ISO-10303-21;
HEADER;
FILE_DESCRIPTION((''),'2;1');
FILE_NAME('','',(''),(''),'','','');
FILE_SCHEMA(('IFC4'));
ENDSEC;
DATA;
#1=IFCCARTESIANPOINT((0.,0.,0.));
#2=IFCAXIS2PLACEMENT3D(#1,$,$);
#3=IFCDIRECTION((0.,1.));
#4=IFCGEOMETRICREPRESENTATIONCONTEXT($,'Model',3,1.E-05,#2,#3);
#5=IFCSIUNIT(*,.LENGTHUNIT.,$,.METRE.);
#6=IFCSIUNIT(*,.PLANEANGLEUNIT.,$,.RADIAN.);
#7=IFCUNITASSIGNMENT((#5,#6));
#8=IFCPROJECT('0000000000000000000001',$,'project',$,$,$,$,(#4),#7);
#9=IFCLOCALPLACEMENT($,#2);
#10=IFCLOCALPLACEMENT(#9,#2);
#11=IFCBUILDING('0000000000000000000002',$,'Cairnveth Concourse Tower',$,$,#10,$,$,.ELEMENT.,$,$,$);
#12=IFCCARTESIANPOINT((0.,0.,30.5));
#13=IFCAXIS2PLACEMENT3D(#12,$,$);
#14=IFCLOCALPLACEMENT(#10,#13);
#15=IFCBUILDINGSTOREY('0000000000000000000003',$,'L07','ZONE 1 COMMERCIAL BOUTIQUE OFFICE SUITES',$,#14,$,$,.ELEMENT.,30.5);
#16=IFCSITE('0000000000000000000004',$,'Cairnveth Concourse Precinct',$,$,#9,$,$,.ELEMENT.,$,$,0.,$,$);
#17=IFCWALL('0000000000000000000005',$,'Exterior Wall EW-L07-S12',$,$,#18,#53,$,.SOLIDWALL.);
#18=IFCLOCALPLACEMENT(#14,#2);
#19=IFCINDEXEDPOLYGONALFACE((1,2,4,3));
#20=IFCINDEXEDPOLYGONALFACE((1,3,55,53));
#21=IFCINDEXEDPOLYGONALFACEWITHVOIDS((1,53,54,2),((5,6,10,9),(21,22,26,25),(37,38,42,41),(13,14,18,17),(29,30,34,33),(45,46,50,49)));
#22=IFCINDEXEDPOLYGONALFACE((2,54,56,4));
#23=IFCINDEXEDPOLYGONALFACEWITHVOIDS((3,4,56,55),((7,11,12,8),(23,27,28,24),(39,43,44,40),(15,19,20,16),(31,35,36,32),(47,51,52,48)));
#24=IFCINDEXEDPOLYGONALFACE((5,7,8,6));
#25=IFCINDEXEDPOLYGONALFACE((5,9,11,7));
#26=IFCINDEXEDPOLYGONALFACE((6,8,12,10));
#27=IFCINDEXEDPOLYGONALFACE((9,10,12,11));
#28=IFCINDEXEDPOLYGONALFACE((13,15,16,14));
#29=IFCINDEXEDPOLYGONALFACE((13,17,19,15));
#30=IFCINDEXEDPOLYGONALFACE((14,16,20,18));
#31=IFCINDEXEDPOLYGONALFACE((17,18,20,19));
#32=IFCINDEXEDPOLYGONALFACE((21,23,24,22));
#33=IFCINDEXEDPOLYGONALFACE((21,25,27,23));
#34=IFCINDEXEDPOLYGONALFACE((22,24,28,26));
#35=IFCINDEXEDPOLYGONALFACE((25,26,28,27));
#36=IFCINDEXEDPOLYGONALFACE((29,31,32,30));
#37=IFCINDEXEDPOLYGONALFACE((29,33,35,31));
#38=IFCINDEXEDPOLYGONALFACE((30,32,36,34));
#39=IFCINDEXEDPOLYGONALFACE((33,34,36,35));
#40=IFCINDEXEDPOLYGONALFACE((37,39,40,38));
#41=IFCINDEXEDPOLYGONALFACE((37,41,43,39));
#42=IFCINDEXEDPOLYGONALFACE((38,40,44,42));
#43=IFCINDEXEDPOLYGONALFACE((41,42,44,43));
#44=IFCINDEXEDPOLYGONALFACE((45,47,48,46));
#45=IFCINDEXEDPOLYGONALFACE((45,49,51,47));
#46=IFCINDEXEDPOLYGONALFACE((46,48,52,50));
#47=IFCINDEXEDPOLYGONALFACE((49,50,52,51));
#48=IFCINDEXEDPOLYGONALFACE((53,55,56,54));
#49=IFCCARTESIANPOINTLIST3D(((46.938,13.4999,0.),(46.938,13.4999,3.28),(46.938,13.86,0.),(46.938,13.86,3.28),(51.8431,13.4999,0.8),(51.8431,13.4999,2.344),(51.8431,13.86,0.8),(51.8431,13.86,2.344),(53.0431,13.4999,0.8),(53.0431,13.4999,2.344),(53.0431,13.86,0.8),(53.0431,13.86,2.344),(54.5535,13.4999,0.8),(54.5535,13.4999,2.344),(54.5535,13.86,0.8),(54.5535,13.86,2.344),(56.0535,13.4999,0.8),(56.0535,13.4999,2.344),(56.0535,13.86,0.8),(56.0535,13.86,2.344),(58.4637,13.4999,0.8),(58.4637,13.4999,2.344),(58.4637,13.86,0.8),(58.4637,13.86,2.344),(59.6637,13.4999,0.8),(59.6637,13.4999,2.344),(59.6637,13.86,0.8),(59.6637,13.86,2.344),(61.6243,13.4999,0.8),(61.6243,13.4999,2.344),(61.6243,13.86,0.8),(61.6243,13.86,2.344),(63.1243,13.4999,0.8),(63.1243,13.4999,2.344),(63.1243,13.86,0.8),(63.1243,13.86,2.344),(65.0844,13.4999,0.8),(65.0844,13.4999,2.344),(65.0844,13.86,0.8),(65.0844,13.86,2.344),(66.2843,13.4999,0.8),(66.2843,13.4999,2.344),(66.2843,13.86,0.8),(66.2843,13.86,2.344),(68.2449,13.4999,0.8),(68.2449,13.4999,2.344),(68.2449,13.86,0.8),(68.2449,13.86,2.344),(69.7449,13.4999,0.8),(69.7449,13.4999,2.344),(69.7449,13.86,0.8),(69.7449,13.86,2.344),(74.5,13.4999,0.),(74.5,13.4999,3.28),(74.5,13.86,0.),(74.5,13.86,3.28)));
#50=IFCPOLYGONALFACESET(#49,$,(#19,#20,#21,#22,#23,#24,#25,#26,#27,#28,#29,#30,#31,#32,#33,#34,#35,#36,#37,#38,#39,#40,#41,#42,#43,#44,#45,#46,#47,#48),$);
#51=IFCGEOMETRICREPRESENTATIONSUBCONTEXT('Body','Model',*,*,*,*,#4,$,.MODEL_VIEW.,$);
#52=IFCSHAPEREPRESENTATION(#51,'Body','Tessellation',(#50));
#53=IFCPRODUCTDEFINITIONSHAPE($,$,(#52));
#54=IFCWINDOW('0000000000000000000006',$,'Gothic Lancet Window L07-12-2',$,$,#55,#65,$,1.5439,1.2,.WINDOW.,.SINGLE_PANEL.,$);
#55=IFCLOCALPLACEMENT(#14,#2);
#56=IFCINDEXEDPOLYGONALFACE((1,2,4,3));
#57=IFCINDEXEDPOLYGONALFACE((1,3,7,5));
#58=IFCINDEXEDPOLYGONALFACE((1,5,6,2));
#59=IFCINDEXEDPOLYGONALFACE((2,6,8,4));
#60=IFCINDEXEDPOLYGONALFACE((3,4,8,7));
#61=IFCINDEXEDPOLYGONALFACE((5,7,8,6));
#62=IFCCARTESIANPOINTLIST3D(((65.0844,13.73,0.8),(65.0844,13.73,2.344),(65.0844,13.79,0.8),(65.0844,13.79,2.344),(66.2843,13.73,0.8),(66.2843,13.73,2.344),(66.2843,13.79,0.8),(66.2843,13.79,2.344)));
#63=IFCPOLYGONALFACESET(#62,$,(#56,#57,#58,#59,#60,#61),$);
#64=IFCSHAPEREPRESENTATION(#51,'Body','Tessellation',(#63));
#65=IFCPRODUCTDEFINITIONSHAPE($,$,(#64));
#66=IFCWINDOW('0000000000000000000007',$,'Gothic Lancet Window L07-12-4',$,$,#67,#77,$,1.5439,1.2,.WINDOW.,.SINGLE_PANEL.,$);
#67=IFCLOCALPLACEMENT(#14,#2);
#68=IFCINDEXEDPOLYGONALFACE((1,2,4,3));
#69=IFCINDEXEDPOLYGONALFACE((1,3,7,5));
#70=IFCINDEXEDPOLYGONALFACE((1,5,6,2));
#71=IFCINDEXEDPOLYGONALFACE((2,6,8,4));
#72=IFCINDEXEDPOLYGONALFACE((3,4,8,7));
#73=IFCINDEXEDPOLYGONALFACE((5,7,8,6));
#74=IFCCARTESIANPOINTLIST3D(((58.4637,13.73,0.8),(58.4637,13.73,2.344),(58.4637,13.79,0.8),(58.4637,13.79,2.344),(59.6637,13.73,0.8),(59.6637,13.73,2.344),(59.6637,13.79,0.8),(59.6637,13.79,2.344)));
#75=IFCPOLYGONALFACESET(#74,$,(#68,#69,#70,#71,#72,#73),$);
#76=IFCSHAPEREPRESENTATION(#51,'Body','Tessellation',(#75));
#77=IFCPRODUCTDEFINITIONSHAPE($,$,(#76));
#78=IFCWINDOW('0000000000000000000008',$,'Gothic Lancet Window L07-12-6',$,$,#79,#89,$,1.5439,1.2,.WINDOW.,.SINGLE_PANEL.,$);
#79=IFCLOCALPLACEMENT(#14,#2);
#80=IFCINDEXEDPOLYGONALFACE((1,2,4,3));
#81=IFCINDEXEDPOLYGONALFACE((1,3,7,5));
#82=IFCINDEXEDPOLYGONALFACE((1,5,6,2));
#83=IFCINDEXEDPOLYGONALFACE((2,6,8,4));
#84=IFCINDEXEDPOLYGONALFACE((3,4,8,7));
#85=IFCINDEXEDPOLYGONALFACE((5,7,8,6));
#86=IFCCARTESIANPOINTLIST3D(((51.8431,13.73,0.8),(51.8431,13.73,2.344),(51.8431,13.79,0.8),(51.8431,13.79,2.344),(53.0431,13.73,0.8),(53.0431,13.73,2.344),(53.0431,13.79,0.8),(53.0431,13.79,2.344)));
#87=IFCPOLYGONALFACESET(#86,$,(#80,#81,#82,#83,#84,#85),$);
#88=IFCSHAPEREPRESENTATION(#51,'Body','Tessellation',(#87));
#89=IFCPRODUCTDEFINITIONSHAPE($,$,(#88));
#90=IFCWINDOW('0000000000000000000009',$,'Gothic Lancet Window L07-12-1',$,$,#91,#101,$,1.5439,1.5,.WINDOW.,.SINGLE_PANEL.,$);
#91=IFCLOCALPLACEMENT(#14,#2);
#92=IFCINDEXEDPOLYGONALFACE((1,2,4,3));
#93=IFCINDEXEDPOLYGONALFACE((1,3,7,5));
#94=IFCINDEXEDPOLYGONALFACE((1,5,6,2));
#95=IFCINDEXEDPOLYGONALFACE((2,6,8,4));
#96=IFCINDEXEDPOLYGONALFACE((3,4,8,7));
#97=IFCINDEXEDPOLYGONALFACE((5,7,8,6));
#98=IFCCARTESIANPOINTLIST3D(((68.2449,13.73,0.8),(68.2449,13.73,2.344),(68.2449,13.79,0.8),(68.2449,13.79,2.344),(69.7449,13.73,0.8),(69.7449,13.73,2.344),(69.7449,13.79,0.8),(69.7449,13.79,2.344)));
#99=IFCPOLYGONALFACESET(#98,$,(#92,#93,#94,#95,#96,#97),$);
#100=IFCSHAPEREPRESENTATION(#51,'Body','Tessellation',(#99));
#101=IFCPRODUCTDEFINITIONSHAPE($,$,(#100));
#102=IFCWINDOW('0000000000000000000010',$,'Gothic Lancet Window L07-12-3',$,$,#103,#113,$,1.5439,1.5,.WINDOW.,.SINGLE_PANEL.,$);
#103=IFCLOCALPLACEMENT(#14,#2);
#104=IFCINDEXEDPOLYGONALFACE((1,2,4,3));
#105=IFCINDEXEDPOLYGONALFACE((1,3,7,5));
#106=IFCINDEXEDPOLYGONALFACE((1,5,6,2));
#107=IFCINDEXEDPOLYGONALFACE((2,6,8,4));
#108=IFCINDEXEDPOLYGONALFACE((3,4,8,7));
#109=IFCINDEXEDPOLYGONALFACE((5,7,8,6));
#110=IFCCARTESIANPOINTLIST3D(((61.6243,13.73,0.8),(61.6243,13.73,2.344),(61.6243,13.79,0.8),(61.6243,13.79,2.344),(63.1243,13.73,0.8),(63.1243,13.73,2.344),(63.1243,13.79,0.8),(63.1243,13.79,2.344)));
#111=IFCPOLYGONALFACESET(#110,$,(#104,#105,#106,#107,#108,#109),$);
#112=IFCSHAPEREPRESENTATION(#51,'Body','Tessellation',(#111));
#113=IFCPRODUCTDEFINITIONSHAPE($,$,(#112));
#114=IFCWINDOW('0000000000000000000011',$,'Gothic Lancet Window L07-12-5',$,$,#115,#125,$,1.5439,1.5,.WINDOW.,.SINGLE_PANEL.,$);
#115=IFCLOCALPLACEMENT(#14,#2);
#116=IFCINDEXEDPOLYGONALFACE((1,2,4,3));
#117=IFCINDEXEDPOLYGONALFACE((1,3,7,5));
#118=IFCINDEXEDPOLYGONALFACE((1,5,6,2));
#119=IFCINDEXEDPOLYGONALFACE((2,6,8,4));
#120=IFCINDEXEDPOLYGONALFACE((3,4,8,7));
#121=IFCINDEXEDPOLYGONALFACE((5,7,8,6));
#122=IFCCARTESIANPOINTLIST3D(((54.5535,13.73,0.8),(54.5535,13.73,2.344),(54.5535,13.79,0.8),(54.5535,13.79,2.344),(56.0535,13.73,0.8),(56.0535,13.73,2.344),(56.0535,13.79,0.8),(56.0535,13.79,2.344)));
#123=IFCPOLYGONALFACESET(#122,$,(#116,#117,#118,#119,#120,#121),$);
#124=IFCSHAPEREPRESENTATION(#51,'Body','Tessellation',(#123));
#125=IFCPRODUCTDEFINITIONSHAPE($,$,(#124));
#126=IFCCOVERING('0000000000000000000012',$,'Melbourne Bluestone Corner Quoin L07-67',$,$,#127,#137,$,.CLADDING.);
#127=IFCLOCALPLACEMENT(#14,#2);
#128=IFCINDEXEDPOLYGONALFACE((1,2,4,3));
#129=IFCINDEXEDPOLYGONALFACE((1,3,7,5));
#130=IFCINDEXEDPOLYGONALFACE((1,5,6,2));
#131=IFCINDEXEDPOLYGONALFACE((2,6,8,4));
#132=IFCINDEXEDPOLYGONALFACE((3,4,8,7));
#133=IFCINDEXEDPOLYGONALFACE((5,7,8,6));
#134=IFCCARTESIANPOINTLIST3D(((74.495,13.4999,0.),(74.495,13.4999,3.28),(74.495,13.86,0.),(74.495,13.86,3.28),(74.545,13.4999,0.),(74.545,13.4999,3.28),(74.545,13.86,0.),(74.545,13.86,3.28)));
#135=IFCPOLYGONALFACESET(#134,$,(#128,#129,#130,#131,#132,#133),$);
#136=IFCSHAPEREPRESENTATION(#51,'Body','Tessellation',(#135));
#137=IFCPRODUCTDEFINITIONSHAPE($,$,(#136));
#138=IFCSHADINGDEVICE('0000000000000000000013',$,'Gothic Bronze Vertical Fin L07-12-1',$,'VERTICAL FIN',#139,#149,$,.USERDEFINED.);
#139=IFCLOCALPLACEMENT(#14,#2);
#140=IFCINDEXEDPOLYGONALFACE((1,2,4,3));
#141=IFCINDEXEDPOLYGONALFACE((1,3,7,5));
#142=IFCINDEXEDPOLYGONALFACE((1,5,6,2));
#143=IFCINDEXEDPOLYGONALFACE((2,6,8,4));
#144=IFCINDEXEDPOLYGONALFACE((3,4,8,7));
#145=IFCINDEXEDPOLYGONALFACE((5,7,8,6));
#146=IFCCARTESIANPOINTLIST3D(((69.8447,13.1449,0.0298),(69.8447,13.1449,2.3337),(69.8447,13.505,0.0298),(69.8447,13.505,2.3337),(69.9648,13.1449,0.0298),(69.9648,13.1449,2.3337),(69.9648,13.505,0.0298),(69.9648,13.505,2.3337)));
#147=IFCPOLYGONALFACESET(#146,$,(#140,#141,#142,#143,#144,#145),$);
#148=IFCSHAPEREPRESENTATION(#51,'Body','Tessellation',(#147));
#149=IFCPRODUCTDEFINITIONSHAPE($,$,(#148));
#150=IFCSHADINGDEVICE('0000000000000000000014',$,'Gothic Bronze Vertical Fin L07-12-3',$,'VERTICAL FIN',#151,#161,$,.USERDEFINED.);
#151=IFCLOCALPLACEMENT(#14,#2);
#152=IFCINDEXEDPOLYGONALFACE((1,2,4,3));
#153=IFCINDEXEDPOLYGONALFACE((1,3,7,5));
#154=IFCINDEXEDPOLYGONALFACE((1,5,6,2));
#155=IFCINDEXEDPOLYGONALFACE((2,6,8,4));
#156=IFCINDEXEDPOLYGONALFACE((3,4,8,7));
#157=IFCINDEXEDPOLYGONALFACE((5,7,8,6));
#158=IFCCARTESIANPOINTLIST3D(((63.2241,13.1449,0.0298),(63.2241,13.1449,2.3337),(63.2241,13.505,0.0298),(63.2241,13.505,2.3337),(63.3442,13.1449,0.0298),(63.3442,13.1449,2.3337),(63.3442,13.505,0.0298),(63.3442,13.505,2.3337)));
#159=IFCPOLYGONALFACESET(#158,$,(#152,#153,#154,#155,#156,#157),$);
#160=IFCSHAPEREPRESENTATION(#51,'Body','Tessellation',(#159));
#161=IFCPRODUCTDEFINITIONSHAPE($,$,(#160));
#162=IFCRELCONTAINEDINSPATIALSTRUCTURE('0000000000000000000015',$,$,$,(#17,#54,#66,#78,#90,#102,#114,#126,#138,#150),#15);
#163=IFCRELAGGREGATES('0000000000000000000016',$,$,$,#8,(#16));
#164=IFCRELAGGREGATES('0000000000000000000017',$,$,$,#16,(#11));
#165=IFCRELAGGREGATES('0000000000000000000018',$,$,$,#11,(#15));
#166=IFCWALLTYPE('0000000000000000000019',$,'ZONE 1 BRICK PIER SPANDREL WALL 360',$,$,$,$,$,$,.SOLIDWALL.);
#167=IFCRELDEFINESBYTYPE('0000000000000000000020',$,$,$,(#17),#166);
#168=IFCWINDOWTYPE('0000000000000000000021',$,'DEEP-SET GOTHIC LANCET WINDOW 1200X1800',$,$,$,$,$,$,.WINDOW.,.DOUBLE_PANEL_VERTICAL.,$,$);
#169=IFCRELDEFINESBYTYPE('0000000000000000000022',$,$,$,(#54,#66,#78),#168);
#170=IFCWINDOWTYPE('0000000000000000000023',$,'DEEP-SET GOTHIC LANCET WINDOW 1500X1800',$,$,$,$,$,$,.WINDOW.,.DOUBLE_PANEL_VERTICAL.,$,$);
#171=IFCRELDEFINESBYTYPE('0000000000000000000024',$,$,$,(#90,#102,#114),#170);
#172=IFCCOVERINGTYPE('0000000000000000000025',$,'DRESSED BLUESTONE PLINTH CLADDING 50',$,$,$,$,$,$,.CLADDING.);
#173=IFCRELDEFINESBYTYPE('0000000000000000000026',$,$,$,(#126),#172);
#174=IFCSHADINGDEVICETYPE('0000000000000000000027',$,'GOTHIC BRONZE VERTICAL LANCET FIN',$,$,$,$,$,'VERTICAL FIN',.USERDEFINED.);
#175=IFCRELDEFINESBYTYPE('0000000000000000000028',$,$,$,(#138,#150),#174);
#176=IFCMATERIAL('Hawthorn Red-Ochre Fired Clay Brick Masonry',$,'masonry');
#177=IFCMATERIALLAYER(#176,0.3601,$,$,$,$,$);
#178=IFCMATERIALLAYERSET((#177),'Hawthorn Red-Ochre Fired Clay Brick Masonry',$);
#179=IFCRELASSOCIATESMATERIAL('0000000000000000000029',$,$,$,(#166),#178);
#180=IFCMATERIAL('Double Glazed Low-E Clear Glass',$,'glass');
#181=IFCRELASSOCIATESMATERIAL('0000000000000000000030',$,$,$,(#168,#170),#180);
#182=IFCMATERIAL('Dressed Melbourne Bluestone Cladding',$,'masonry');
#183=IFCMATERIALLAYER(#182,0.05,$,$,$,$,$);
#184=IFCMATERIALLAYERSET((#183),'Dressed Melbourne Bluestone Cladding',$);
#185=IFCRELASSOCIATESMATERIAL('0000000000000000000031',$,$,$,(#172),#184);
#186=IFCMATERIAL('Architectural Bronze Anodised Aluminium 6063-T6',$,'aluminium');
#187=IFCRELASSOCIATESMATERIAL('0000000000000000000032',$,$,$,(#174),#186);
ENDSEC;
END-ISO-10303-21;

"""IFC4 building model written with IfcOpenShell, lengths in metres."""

from ifc_helpers import new_model, si_unit, direction, frame, frame_2d, origin, origin_2d, place, context, subcontext, project, spatial, rectangle, extrude, material, layer, layer_set, type_object, element, fill, save


model = new_model("IFC4")

# Units and contexts
model_context = context("Model", 3, precision=1e-05, world=origin(), true_north=direction((0.0, 1.0)))
body_context = subcontext(model_context, "Body", "Model", "MODEL_VIEW")
ifc_project = project(units=[si_unit("LENGTHUNIT", "METRE"), si_unit("PLANEANGLEUNIT", "RADIAN")], contexts=[model_context])

# Site, building, storey
site_placement = place(None, origin())
site = spatial("IfcSite", under=ifc_project, at=site_placement, Name="Cairnveth Concourse Precinct", CompositionType="ELEMENT", RefElevation=0.0)
building_placement = place(site_placement, origin())
building = spatial("IfcBuilding", under=site, at=building_placement, Name="Cairnveth Concourse Tower", CompositionType="ELEMENT")
storey_placement = place(building_placement, frame((0.0, 0.0, 30.5)))
storey = spatial("IfcBuildingStorey", under=building, at=storey_placement, Name="L07", Description="ZONE 1 COMMERCIAL BOUTIQUE OFFICE SUITES", CompositionType="ELEMENT", Elevation=30.5)

# Shared definitions
ifc_material_1 = material(Name="Hawthorn Red-Ochre Fired Clay Brick Masonry", Category="masonry")
ifc_layer_1 = layer(ifc_material_1, 0.3601)
ifc_layer_set_1 = layer_set([ifc_layer_1], Name="Hawthorn Red-Ochre Fired Clay Brick Masonry")
wall_type = type_object("IfcWallType", Name="ZONE 1 BRICK PIER SPANDREL WALL 360", PredefinedType="SOLIDWALL", material=ifc_layer_set_1)

# Wall, openings, windows
wall_1_placement = place(storey_placement, frame((74.5, 13.6799, 0.0), z_axis=(0.0, 0.0, 1.0), x_axis=(-1.0, 0.0, 0.0)))
wall_1 = element("IfcWall", 1, at=wall_1_placement, inside=storey, type_object=wall_type, Name="Exterior Wall EW-L07-S12", PredefinedType="SOLIDWALL", context=body_context, shape_type="SweptSolid", body=[
    extrude(rectangle(XDim=27.562, YDim=0.3601, at=frame_2d((13.781, 0.0))), origin(), (0.0, 0.0, 1.0), 3.28),
])
opening_1_placement = place(wall_1_placement, frame((4.7551, 0.0, 0.8)))
opening_1 = element("IfcOpeningElement", 2, at=opening_1_placement, cuts=wall_1, PredefinedType="OPENING", context=body_context, shape_type="SweptSolid", body=[
    extrude(rectangle(XDim=1.5, YDim=1.5439, at=frame_2d((0.75, 0.772))), frame((0.0, 0.1899, 0.0), z_axis=(0.0, -1.0, 0.0), x_axis=(1.0, 0.0, 0.0)), (0.0, 0.0, 1.0), 0.3801),
])
opening_2_placement = place(wall_1_placement, frame((8.2156, 0.0, 0.8)))
opening_2 = element("IfcOpeningElement", 3, at=opening_2_placement, cuts=wall_1, PredefinedType="OPENING", context=body_context, shape_type="SweptSolid", body=[
    extrude(rectangle(XDim=1.2, YDim=1.5439, at=frame_2d((0.6001, 0.772))), frame((0.0, 0.1899, 0.0), z_axis=(0.0, -1.0, 0.0), x_axis=(1.0, 0.0, 0.0)), (0.0, 0.0, 1.0), 0.3801),
])
opening_3_placement = place(wall_1_placement, frame((11.3757, 0.0, 0.8)))
opening_3 = element("IfcOpeningElement", 4, at=opening_3_placement, cuts=wall_1, PredefinedType="OPENING", context=body_context, shape_type="SweptSolid", body=[
    extrude(rectangle(XDim=1.5, YDim=1.5439, at=frame_2d((0.75, 0.772))), frame((0.0, 0.1899, 0.0), z_axis=(0.0, -1.0, 0.0), x_axis=(1.0, 0.0, 0.0)), (0.0, 0.0, 1.0), 0.3801),
])
opening_4_placement = place(wall_1_placement, frame((14.8362, 0.0, 0.8)))
opening_4 = element("IfcOpeningElement", 5, at=opening_4_placement, cuts=wall_1, PredefinedType="OPENING", context=body_context, shape_type="SweptSolid", body=[
    extrude(rectangle(XDim=1.2, YDim=1.5439, at=frame_2d((0.6001, 0.772))), frame((0.0, 0.1899, 0.0), z_axis=(0.0, -1.0, 0.0), x_axis=(1.0, 0.0, 0.0)), (0.0, 0.0, 1.0), 0.3801),
])
opening_5_placement = place(wall_1_placement, frame((18.4465, 0.0, 0.8)))
opening_5 = element("IfcOpeningElement", 6, at=opening_5_placement, cuts=wall_1, PredefinedType="OPENING", context=body_context, shape_type="SweptSolid", body=[
    extrude(rectangle(XDim=1.5, YDim=1.5439, at=frame_2d((0.75, 0.772))), frame((0.0, 0.1899, 0.0), z_axis=(0.0, -1.0, 0.0), x_axis=(1.0, 0.0, 0.0)), (0.0, 0.0, 1.0), 0.3801),
])
opening_6_placement = place(wall_1_placement, frame((21.4568, 0.0, 0.8)))
opening_6 = element("IfcOpeningElement", 7, at=opening_6_placement, cuts=wall_1, PredefinedType="OPENING", context=body_context, shape_type="SweptSolid", body=[
    extrude(rectangle(XDim=1.2, YDim=1.5439, at=frame_2d((0.6001, 0.772))), frame((0.0, 0.1899, 0.0), z_axis=(0.0, -1.0, 0.0), x_axis=(1.0, 0.0, 0.0)), (0.0, 0.0, 1.0), 0.3801),
])
ifc_material_2 = material(Name="Double Glazed Low-E Clear Glass", Category="glass")
window_type_1 = type_object("IfcWindowType", Name="DEEP-SET GOTHIC LANCET WINDOW 1200X1800", PartitioningType="DOUBLE_PANEL_VERTICAL", PredefinedType="WINDOW", material=ifc_material_2)
window_1_placement = place(opening_2_placement, origin())
window_1 = element("IfcWindow", 8, at=window_1_placement, inside=storey, type_object=window_type_1, Name="Gothic Lancet Window L07-12-2", OverallHeight=1.5439, OverallWidth=1.2, PartitioningType="SINGLE_PANEL", PredefinedType="WINDOW", context=body_context, shape_type="SweptSolid", body=[
    extrude(rectangle(XDim=1.2, YDim=1.5439, at=frame_2d((0.6001, 0.772))), frame((0.0, -0.05, 0.0), z_axis=(0.0, -1.0, 0.0), x_axis=(1.0, 0.0, 0.0)), (0.0, 0.0, 1.0), 0.0601),
])
fill(opening_2, window_1)
window_2_placement = place(opening_4_placement, origin())
window_2 = element("IfcWindow", 9, at=window_2_placement, inside=storey, type_object=window_type_1, Name="Gothic Lancet Window L07-12-4", OverallHeight=1.5439, OverallWidth=1.2, PartitioningType="SINGLE_PANEL", PredefinedType="WINDOW", context=body_context, shape_type="SweptSolid", body=[
    extrude(rectangle(XDim=1.2, YDim=1.5439, at=frame_2d((0.6001, 0.772))), frame((0.0, -0.05, 0.0), z_axis=(0.0, -1.0, 0.0), x_axis=(1.0, 0.0, 0.0)), (0.0, 0.0, 1.0), 0.0601),
])
fill(opening_4, window_2)
window_3_placement = place(opening_6_placement, origin())
window_3 = element("IfcWindow", 10, at=window_3_placement, inside=storey, type_object=window_type_1, Name="Gothic Lancet Window L07-12-6", OverallHeight=1.5439, OverallWidth=1.2, PartitioningType="SINGLE_PANEL", PredefinedType="WINDOW", context=body_context, shape_type="SweptSolid", body=[
    extrude(rectangle(XDim=1.2, YDim=1.5439, at=frame_2d((0.6001, 0.772))), frame((0.0, -0.05, 0.0), z_axis=(0.0, -1.0, 0.0), x_axis=(1.0, 0.0, 0.0)), (0.0, 0.0, 1.0), 0.0601),
])
fill(opening_6, window_3)
window_type_2 = type_object("IfcWindowType", Name="DEEP-SET GOTHIC LANCET WINDOW 1500X1800", PartitioningType="DOUBLE_PANEL_VERTICAL", PredefinedType="WINDOW", material=ifc_material_2)
window_4_placement = place(opening_1_placement, origin())
window_4 = element("IfcWindow", 11, at=window_4_placement, inside=storey, type_object=window_type_2, Name="Gothic Lancet Window L07-12-1", OverallHeight=1.5439, OverallWidth=1.5, PartitioningType="SINGLE_PANEL", PredefinedType="WINDOW", context=body_context, shape_type="SweptSolid", body=[
    extrude(rectangle(XDim=1.5, YDim=1.5439, at=frame_2d((0.75, 0.772))), frame((0.0, -0.05, 0.0), z_axis=(0.0, -1.0, 0.0), x_axis=(1.0, 0.0, 0.0)), (0.0, 0.0, 1.0), 0.0601),
])
fill(opening_1, window_4)
window_5_placement = place(opening_3_placement, origin())
window_5 = element("IfcWindow", 12, at=window_5_placement, inside=storey, type_object=window_type_2, Name="Gothic Lancet Window L07-12-3", OverallHeight=1.5439, OverallWidth=1.5, PartitioningType="SINGLE_PANEL", PredefinedType="WINDOW", context=body_context, shape_type="SweptSolid", body=[
    extrude(rectangle(XDim=1.5, YDim=1.5439, at=frame_2d((0.75, 0.772))), frame((0.0, -0.05, 0.0), z_axis=(0.0, -1.0, 0.0), x_axis=(1.0, 0.0, 0.0)), (0.0, 0.0, 1.0), 0.0601),
])
fill(opening_3, window_5)
window_6_placement = place(opening_5_placement, origin())
window_6 = element("IfcWindow", 13, at=window_6_placement, inside=storey, type_object=window_type_2, Name="Gothic Lancet Window L07-12-5", OverallHeight=1.5439, OverallWidth=1.5, PartitioningType="SINGLE_PANEL", PredefinedType="WINDOW", context=body_context, shape_type="SweptSolid", body=[
    extrude(rectangle(XDim=1.5, YDim=1.5439, at=frame_2d((0.75, 0.772))), frame((0.0, -0.05, 0.0), z_axis=(0.0, -1.0, 0.0), x_axis=(1.0, 0.0, 0.0)), (0.0, 0.0, 1.0), 0.0601),
])
fill(opening_5, window_6)

# Covering
ifc_material_3 = material(Name="Dressed Melbourne Bluestone Cladding", Category="masonry")
ifc_layer_2 = layer(ifc_material_3, 0.05)
ifc_layer_set_2 = layer_set([ifc_layer_2], Name="Dressed Melbourne Bluestone Cladding")
covering_type = type_object("IfcCoveringType", Name="DRESSED BLUESTONE PLINTH CLADDING 50", PredefinedType="CLADDING", material=ifc_layer_set_2)
covering_placement = place(storey_placement, frame((74.52, 13.8601, 0.0), z_axis=(0.0, 0.0, 1.0), x_axis=(0.0, -1.0, 0.0)))
element("IfcCovering", 14, at=covering_placement, inside=storey, type_object=covering_type, Name="Melbourne Bluestone Corner Quoin L07-67", PredefinedType="CLADDING", context=body_context, shape_type="SweptSolid", body=[
    extrude(rectangle(XDim=0.3601, YDim=0.05, at=frame_2d((0.1802, 0.0))), origin(), (0.0, 0.0, 1.0), 3.28),
])

# Shading devices
ifc_material_4 = material(Name="Architectural Bronze Anodised Aluminium 6063-T6", Category="aluminium")
shading_device_type = type_object("IfcShadingDeviceType", Name="GOTHIC BRONZE VERTICAL LANCET FIN", ElementType="VERTICAL FIN", PredefinedType="USERDEFINED", material=ifc_material_4)
for number, where, z_axis, x_axis, name in (
    (15, (69.9048, 13.325, 0.0298), (0.0, 0.0, 1.0), (1.0, 0.0, 0.0), "Gothic Bronze Vertical Fin L07-12-1"),
    (16, (63.2842, 13.325, 0.0298), (0.0, 0.0, 1.0), (1.0, 0.0, 0.0), "Gothic Bronze Vertical Fin L07-12-3"),
):
    element("IfcShadingDevice", number, at=place(storey_placement, frame(where, z_axis=z_axis, x_axis=x_axis)), inside=storey, type_object=shading_device_type, Name=name, ObjectType="VERTICAL FIN", PredefinedType="USERDEFINED", context=body_context, shape_type="SweptSolid", body=[
        extrude(rectangle(XDim=0.1201, YDim=0.3601, at=origin_2d()), origin(), (0.0, 0.0, 1.0), 2.304),
    ])

save(model, "model.ifc")
